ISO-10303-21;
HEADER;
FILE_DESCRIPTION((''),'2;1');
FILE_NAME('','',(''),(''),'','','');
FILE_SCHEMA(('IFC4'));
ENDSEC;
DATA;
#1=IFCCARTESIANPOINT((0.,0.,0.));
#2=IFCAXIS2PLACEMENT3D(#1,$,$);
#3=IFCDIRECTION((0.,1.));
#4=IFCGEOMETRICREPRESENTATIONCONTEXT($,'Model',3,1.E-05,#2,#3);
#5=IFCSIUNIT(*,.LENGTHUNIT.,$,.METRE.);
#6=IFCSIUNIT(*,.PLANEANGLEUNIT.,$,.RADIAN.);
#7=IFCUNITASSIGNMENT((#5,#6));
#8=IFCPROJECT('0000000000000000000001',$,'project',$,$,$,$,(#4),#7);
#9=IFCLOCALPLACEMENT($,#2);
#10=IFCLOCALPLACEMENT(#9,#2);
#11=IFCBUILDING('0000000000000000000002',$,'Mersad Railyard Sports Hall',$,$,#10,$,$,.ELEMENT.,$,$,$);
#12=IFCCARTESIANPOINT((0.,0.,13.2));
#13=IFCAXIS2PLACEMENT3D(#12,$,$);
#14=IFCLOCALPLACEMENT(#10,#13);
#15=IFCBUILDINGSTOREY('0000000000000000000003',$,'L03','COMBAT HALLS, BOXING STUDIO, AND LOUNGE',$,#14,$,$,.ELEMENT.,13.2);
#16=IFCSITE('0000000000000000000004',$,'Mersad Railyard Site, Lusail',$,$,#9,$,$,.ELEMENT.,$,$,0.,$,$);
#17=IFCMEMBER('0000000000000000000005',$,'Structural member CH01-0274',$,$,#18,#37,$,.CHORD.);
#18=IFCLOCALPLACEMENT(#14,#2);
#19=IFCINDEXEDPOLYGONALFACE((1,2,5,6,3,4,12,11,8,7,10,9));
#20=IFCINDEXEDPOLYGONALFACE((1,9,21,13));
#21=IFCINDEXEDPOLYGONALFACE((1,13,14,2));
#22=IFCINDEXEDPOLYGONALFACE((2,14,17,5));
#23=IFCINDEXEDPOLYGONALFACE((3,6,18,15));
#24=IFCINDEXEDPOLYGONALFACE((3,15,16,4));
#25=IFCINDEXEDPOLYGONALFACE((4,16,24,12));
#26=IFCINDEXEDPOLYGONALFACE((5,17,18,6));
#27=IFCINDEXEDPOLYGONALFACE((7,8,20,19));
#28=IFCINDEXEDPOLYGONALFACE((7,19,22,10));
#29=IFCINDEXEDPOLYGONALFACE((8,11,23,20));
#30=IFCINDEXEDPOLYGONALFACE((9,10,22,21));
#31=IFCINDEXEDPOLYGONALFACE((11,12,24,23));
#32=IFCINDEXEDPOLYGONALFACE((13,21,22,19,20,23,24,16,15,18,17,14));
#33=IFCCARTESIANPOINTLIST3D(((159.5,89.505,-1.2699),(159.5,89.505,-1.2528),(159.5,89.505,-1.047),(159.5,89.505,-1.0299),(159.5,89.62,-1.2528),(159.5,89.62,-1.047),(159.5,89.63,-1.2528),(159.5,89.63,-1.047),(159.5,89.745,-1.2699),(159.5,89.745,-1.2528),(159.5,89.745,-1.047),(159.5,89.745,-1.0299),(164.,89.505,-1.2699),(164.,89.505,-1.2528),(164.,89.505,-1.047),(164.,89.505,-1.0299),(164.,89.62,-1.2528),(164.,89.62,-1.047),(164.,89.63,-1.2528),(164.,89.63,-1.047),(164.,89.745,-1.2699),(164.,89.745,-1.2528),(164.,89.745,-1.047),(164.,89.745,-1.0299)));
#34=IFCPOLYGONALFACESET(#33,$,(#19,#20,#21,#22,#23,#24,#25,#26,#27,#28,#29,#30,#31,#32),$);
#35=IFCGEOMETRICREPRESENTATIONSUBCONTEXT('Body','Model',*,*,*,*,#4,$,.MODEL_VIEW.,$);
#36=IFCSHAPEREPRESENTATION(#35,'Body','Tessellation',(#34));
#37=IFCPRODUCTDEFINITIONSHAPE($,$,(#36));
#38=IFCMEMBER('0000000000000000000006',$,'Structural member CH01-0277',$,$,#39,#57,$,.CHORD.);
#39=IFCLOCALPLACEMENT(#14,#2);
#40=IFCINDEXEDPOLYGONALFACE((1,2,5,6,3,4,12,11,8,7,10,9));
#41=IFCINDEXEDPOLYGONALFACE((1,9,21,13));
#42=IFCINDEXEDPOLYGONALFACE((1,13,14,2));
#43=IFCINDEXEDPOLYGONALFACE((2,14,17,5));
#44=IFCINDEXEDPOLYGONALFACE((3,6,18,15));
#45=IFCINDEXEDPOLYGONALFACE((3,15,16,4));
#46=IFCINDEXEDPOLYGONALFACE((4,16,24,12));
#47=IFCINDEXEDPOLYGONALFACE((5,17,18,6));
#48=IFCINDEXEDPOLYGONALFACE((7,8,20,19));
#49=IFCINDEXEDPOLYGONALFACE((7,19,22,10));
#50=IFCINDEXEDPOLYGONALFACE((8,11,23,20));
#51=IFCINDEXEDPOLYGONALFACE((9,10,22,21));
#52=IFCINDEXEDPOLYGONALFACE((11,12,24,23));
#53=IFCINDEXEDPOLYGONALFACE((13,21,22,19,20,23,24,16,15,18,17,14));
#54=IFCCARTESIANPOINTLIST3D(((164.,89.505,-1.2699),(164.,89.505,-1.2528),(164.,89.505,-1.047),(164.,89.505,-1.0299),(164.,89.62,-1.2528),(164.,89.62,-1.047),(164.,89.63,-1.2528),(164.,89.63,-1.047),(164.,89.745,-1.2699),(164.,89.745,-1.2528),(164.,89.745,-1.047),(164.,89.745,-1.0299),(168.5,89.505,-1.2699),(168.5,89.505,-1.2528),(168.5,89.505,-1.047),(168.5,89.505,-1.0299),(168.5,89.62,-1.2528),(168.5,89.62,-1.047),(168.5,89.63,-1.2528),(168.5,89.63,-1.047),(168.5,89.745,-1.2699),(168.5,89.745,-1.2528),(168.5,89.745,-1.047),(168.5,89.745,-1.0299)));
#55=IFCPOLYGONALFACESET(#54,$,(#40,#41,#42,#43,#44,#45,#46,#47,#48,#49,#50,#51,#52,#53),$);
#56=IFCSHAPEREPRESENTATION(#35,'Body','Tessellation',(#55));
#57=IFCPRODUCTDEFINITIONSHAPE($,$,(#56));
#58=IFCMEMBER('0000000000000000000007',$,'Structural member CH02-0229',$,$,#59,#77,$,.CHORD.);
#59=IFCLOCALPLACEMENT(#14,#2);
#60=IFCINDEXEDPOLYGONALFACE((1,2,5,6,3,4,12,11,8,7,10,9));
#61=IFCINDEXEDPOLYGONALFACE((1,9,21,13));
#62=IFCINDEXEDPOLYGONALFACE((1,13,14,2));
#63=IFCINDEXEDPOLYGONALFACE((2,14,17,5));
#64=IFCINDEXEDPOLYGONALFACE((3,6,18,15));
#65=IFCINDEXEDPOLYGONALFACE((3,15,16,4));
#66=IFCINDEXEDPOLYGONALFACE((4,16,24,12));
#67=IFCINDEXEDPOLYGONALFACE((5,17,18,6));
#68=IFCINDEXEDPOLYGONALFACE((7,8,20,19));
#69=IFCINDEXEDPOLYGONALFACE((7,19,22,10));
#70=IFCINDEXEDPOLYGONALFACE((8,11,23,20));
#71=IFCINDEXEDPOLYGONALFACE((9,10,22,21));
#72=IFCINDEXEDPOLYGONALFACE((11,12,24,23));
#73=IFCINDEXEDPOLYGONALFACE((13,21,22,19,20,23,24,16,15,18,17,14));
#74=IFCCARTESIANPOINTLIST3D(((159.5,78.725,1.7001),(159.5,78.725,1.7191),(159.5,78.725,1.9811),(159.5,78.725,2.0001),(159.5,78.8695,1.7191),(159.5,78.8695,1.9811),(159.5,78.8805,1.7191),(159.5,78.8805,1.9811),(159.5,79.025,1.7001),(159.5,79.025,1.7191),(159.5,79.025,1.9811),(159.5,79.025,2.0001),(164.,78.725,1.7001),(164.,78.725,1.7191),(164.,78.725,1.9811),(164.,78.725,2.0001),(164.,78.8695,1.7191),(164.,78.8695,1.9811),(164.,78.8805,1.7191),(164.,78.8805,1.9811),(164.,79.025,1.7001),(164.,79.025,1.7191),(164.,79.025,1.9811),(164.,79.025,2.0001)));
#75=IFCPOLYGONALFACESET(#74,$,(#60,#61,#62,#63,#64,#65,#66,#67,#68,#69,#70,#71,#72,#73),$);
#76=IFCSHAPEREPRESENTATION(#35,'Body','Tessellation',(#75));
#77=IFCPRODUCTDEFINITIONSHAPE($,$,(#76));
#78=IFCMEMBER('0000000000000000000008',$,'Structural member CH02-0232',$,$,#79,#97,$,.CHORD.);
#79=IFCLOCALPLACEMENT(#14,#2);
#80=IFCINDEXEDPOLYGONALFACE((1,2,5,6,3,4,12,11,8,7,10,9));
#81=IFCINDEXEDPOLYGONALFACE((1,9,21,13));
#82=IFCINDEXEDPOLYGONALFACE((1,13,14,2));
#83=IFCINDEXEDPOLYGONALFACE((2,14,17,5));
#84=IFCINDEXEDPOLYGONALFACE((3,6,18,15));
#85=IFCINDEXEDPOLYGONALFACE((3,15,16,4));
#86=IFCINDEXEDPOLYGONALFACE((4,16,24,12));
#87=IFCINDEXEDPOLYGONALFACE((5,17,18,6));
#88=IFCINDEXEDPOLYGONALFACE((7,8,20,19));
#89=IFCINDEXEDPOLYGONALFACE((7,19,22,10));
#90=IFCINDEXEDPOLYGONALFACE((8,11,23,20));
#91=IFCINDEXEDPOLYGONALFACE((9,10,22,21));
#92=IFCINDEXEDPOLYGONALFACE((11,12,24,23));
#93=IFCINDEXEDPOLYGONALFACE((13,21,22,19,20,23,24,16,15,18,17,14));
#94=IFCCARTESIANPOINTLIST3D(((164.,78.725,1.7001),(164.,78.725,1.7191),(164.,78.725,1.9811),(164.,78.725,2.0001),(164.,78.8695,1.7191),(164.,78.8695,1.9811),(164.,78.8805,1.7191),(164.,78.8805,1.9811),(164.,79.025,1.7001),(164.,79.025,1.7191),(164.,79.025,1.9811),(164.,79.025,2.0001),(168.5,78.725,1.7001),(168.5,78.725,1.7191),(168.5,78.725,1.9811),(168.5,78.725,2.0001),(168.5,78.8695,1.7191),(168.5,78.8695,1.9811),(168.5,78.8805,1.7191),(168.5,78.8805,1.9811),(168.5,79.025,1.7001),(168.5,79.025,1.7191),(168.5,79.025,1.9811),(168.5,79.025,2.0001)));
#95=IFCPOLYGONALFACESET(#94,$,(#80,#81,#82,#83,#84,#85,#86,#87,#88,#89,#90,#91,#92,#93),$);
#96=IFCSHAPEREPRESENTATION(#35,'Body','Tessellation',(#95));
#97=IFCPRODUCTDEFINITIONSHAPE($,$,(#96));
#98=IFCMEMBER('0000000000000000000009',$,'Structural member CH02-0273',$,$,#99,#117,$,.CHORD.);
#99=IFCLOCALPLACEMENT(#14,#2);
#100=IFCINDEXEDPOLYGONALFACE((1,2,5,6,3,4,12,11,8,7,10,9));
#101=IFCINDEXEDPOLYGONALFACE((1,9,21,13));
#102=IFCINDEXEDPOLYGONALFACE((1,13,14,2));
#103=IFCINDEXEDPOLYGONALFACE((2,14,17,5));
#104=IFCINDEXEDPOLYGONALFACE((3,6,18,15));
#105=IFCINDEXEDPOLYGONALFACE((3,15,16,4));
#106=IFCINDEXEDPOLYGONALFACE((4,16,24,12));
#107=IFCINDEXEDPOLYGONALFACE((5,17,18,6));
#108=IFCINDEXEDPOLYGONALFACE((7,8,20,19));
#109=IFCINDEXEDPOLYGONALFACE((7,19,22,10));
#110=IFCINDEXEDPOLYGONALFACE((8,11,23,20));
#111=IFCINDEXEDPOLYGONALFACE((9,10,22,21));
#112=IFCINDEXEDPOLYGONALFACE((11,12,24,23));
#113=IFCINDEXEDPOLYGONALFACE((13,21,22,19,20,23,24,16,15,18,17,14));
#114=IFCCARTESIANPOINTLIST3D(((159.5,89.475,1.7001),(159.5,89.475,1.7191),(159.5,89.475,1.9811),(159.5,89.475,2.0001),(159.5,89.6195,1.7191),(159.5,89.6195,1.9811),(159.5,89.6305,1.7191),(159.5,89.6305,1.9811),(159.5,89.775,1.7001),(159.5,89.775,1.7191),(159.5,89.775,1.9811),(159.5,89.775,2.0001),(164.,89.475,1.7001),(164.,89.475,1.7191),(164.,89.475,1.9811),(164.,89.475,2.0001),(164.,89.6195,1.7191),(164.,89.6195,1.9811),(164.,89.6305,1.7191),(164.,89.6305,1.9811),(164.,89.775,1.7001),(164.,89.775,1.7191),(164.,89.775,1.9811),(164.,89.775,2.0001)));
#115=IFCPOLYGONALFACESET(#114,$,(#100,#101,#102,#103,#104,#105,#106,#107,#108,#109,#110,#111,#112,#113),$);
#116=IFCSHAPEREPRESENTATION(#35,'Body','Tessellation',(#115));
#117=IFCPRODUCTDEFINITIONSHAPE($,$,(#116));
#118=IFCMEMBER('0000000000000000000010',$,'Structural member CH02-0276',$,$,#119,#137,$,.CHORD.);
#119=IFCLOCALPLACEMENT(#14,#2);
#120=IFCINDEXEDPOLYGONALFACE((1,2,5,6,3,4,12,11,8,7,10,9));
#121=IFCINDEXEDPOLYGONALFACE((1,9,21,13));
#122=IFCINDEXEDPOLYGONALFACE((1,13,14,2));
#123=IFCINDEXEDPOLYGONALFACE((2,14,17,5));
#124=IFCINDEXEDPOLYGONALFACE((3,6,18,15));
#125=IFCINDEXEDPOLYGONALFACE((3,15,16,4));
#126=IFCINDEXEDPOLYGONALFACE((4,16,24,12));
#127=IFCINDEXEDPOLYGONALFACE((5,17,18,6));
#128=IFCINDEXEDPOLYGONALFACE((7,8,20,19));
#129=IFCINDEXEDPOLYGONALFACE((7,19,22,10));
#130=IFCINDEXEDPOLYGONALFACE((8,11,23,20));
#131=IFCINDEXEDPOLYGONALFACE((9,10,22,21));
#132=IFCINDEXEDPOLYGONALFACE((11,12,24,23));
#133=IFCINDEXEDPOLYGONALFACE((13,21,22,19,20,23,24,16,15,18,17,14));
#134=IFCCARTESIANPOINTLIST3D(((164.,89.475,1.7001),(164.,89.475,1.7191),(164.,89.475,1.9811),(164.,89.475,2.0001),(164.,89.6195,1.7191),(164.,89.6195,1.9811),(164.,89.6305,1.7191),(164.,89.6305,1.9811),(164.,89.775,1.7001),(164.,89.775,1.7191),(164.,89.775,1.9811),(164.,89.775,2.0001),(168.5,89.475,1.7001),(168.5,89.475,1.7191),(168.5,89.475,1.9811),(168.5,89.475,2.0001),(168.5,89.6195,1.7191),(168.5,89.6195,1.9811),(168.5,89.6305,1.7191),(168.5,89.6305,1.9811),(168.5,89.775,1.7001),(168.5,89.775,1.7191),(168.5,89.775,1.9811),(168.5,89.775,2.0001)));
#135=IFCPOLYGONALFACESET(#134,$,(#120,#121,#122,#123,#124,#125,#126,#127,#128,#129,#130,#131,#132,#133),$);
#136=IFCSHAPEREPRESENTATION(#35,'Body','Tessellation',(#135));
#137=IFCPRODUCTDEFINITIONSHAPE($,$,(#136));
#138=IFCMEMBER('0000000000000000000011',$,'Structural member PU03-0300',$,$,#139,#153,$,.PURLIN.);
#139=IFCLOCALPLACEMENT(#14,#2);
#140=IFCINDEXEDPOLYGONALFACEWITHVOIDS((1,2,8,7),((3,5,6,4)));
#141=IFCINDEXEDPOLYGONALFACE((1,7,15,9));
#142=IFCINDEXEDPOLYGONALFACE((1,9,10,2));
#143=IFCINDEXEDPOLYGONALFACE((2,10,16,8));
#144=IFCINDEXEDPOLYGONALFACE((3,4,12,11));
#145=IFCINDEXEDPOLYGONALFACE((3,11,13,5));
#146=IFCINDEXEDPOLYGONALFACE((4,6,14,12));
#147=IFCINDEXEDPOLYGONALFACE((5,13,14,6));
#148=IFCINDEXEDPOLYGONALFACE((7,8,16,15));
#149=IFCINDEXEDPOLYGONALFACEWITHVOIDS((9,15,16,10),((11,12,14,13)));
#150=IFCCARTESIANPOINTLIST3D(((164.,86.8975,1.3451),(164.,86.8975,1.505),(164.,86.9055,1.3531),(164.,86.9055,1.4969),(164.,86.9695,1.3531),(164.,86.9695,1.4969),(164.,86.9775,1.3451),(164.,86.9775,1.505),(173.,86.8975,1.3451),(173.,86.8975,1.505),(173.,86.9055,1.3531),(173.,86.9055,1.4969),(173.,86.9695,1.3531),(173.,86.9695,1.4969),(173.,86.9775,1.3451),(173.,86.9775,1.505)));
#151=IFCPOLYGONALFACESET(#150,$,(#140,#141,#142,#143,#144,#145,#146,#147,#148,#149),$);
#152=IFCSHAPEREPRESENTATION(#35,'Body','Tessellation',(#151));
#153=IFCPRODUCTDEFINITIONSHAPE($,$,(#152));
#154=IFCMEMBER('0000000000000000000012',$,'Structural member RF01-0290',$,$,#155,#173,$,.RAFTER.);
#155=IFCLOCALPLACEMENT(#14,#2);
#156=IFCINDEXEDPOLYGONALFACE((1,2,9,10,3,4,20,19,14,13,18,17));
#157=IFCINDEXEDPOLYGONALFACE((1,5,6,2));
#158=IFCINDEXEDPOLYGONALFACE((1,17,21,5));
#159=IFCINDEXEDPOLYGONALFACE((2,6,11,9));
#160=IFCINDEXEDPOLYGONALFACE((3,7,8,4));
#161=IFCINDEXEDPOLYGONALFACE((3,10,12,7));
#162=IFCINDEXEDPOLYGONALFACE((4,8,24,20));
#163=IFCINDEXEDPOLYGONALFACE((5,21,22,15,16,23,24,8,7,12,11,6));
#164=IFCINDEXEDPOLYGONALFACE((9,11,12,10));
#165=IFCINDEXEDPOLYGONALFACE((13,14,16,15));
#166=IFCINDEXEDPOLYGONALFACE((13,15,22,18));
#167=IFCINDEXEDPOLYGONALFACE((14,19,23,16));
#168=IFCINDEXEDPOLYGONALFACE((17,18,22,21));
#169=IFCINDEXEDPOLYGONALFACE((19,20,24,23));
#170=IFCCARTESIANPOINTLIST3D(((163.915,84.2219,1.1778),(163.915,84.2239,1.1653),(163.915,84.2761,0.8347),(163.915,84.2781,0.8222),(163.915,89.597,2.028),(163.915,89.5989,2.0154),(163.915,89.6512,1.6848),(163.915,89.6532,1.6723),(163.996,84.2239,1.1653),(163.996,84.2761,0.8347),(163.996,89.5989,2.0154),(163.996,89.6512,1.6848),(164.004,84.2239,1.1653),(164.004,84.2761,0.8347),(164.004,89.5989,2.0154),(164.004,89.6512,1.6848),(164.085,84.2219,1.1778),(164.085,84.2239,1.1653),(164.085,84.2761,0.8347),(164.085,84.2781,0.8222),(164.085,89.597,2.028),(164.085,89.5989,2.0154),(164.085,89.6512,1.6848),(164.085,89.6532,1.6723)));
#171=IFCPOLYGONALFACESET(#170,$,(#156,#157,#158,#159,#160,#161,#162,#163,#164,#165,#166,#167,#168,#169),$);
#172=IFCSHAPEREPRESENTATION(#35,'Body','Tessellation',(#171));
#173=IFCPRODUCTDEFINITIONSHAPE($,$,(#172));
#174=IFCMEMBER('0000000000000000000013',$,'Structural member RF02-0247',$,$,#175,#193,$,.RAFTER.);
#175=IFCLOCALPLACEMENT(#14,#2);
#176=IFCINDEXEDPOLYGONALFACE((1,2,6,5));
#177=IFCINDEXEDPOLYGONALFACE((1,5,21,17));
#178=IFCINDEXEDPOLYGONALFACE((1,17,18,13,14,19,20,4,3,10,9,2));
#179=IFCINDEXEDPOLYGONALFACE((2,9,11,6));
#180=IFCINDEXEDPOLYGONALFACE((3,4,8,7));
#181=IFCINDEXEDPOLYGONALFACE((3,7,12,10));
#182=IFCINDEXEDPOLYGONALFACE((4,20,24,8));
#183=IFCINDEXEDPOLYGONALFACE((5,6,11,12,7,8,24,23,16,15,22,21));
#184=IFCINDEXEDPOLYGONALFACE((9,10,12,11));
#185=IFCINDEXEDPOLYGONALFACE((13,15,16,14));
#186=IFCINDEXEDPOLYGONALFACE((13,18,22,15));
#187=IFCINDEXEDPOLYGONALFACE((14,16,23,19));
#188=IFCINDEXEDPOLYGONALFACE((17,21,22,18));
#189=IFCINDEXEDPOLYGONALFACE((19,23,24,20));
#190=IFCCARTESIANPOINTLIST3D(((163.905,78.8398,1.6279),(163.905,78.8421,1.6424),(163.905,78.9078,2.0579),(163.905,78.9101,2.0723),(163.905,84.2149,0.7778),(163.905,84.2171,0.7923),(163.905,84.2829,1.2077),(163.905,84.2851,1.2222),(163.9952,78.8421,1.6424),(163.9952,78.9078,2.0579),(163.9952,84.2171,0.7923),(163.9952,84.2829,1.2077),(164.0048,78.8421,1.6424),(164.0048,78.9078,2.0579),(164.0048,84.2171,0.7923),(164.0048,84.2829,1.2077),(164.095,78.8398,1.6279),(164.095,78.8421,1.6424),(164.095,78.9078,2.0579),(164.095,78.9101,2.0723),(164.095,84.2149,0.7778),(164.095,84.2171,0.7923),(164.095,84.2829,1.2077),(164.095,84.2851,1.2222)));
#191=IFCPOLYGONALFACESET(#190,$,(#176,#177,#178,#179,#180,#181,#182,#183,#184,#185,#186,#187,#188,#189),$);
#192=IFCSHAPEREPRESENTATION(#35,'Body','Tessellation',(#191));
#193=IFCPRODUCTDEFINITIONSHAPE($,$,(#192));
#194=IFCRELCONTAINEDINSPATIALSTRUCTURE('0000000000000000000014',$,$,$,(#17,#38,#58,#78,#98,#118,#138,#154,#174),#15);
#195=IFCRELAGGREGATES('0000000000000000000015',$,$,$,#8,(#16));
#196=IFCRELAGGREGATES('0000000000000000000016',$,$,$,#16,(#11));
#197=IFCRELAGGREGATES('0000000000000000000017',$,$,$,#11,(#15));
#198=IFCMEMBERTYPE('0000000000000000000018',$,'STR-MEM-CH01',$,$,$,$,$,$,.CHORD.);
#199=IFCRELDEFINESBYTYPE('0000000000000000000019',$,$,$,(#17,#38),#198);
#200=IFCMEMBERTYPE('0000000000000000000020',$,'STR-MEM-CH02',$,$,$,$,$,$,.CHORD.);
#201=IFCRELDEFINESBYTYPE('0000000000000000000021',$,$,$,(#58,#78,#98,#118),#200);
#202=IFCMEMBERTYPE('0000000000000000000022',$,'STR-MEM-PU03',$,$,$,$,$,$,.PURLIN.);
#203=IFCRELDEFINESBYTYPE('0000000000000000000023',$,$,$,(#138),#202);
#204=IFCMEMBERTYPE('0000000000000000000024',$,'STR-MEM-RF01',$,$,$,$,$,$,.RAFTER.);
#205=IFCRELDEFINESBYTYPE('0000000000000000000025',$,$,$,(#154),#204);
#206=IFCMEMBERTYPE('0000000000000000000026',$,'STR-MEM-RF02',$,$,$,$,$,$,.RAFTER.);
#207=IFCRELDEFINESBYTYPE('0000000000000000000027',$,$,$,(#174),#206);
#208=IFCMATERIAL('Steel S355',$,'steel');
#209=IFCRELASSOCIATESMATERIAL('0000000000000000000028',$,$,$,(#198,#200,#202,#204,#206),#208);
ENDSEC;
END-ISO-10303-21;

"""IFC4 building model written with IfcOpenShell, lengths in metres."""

from ifc_helpers import new_model, si_unit, direction, frame, origin, origin_2d, place, context, subcontext, project, spatial, hollow_rectangle, i_section, extrude, material, material_profile, profile_set, type_object, element, save


model = new_model("IFC4")

# Units and contexts
model_context = context("Model", 3, precision=1e-05, world=origin(), true_north=direction((0.0, 1.0)))
body_context = subcontext(model_context, "Body", "Model", "MODEL_VIEW")
ifc_project = project(units=[si_unit("LENGTHUNIT", "METRE"), si_unit("PLANEANGLEUNIT", "RADIAN")], contexts=[model_context])

# Site, building, storey
site_placement = place(None, origin())
site = spatial("IfcSite", under=ifc_project, at=site_placement, Name="Mersad Railyard Site, Lusail", CompositionType="ELEMENT", RefElevation=0.0)
building_placement = place(site_placement, origin())
building = spatial("IfcBuilding", under=site, at=building_placement, Name="Mersad Railyard Sports Hall", CompositionType="ELEMENT")
storey_placement = place(building_placement, frame((0.0, 0.0, 13.2)))
storey = spatial("IfcBuildingStorey", under=building, at=storey_placement, Name="L03", Description="COMBAT HALLS, BOXING STUDIO, AND LOUNGE", CompositionType="ELEMENT", Elevation=13.2)

# Members
ifc_material_1 = material(Name="Steel S355", Category="steel")
ifc_material_profile_1 = material_profile(ifc_material_1, i_section(OverallWidth=0.24, OverallDepth=0.24, WebThickness=0.01, FlangeThickness=0.0171, at=origin_2d()), Name="HEB 240")
ifc_profile_set_1 = profile_set([ifc_material_profile_1], Name="Steel S355")
member_type_1 = type_object("IfcMemberType", Name="STR-MEM-CH01", PredefinedType="CHORD", material=ifc_profile_set_1)
for number, where, z_axis, x_axis, name in (
    (1, (159.5, 89.625, -1.1499), (1.0, 0.0, 0.0), (0.0, 1.0, 0.0), "Structural member CH01-0274"),
    (2, (164.0, 89.625, -1.1499), (1.0, 0.0, 0.0), (0.0, 1.0, 0.0), "Structural member CH01-0277"),
):
    element("IfcMember", number, at=place(storey_placement, frame(where, z_axis=z_axis, x_axis=x_axis)), inside=storey, type_object=member_type_1, Name=name, PredefinedType="CHORD", context=body_context, shape_type="SweptSolid", body=[
        extrude(i_section(OverallWidth=0.24, OverallDepth=0.24, WebThickness=0.01, FlangeThickness=0.0171, at=origin_2d()), origin(), (0.0, 0.0, 1.0), 4.5),
    ])
ifc_material_profile_2 = material_profile(ifc_material_1, i_section(OverallWidth=0.3, OverallDepth=0.3, WebThickness=0.011, FlangeThickness=0.019, at=origin_2d()), Name="HEB 300")
ifc_profile_set_2 = profile_set([ifc_material_profile_2], Name="Steel S355")
member_type_2 = type_object("IfcMemberType", Name="STR-MEM-CH02", PredefinedType="CHORD", material=ifc_profile_set_2)
for number, where, z_axis, x_axis, name in (
    (3, (159.5, 78.875, 1.8501), (1.0, 0.0, 0.0), (0.0, 1.0, 0.0), "Structural member CH02-0229"),
    (4, (164.0, 78.875, 1.8501), (1.0, 0.0, 0.0), (0.0, 1.0, 0.0), "Structural member CH02-0232"),
    (5, (159.5, 89.625, 1.8501), (1.0, 0.0, 0.0), (0.0, 1.0, 0.0), "Structural member CH02-0273"),
    (6, (164.0, 89.625, 1.8501), (1.0, 0.0, 0.0), (0.0, 1.0, 0.0), "Structural member CH02-0276"),
):
    element("IfcMember", number, at=place(storey_placement, frame(where, z_axis=z_axis, x_axis=x_axis)), inside=storey, type_object=member_type_2, Name=name, PredefinedType="CHORD", context=body_context, shape_type="SweptSolid", body=[
        extrude(i_section(OverallWidth=0.3, OverallDepth=0.3, WebThickness=0.011, FlangeThickness=0.019, at=origin_2d()), origin(), (0.0, 0.0, 1.0), 4.5),
    ])
ifc_material_profile_3 = material_profile(ifc_material_1, hollow_rectangle(XDim=0.0801, YDim=0.1599, WallThickness=0.0081, at=origin_2d()), Name="RHS 160x80x8")
ifc_profile_set_3 = profile_set([ifc_material_profile_3], Name="Steel S355")
member_type_3 = type_object("IfcMemberType", Name="STR-MEM-PU03", PredefinedType="PURLIN", material=ifc_profile_set_3)
member_1_placement = place(storey_placement, frame((164.0, 86.9375, 1.425), z_axis=(1.0, 0.0, 0.0), x_axis=(0.0, 1.0, 0.0)))
element("IfcMember", 7, at=member_1_placement, inside=storey, type_object=member_type_3, Name="Structural member PU03-0300", PredefinedType="PURLIN", context=body_context, shape_type="SweptSolid", body=[
    extrude(hollow_rectangle(XDim=0.0801, YDim=0.1599, WallThickness=0.0081, at=origin_2d()), origin(), (0.0, 0.0, 1.0), 9.0),
])
ifc_material_profile_4 = material_profile(ifc_material_1, i_section(OverallWidth=0.1699, OverallDepth=0.3601, WebThickness=0.0081, FlangeThickness=0.0127, at=origin_2d()), Name="IPE 360")
ifc_profile_set_4 = profile_set([ifc_material_profile_4], Name="Steel S355")
member_type_4 = type_object("IfcMemberType", Name="STR-MEM-RF01", PredefinedType="RAFTER", material=ifc_profile_set_4)
member_2_placement = place(storey_placement, frame((164.0, 84.25, 1.0), z_axis=(0.0, 0.987723, 0.156216), x_axis=(-1.0, 0.0, 0.0)))
element("IfcMember", 8, at=member_2_placement, inside=storey, type_object=member_type_4, Name="Structural member RF01-0290", PredefinedType="RAFTER", context=body_context, shape_type="SweptSolid", body=[
    extrude(i_section(OverallWidth=0.1699, OverallDepth=0.3601, WebThickness=0.0081, FlangeThickness=0.0127, at=origin_2d()), origin(), (0.0, 0.0, 1.0), 5.4419),
])
ifc_material_profile_5 = material_profile(ifc_material_1, i_section(OverallWidth=0.1899, OverallDepth=0.45, WebThickness=0.0095, FlangeThickness=0.0146, at=origin_2d()), Name="IPE 450")
ifc_profile_set_5 = profile_set([ifc_material_profile_5], Name="Steel S355")
member_type_5 = type_object("IfcMemberType", Name="STR-MEM-RF02", PredefinedType="RAFTER", material=ifc_profile_set_5)
for number, where, z_axis, x_axis, name in (
    (9, (164.0, 84.25, 1.0), (0.0, -0.987723, 0.156216), (1.0, 0.0, 0.0), "Structural member RF02-0247"),
):
    element("IfcMember", number, at=place(storey_placement, frame(where, z_axis=z_axis, x_axis=x_axis)), inside=storey, type_object=member_type_5, Name=name, PredefinedType="RAFTER", context=body_context, shape_type="SweptSolid", body=[
        extrude(i_section(OverallWidth=0.1899, OverallDepth=0.45, WebThickness=0.0095, FlangeThickness=0.0146, at=origin_2d()), origin(), (0.0, 0.0, 1.0), 5.4419),
    ])

save(model, "model.ifc")
